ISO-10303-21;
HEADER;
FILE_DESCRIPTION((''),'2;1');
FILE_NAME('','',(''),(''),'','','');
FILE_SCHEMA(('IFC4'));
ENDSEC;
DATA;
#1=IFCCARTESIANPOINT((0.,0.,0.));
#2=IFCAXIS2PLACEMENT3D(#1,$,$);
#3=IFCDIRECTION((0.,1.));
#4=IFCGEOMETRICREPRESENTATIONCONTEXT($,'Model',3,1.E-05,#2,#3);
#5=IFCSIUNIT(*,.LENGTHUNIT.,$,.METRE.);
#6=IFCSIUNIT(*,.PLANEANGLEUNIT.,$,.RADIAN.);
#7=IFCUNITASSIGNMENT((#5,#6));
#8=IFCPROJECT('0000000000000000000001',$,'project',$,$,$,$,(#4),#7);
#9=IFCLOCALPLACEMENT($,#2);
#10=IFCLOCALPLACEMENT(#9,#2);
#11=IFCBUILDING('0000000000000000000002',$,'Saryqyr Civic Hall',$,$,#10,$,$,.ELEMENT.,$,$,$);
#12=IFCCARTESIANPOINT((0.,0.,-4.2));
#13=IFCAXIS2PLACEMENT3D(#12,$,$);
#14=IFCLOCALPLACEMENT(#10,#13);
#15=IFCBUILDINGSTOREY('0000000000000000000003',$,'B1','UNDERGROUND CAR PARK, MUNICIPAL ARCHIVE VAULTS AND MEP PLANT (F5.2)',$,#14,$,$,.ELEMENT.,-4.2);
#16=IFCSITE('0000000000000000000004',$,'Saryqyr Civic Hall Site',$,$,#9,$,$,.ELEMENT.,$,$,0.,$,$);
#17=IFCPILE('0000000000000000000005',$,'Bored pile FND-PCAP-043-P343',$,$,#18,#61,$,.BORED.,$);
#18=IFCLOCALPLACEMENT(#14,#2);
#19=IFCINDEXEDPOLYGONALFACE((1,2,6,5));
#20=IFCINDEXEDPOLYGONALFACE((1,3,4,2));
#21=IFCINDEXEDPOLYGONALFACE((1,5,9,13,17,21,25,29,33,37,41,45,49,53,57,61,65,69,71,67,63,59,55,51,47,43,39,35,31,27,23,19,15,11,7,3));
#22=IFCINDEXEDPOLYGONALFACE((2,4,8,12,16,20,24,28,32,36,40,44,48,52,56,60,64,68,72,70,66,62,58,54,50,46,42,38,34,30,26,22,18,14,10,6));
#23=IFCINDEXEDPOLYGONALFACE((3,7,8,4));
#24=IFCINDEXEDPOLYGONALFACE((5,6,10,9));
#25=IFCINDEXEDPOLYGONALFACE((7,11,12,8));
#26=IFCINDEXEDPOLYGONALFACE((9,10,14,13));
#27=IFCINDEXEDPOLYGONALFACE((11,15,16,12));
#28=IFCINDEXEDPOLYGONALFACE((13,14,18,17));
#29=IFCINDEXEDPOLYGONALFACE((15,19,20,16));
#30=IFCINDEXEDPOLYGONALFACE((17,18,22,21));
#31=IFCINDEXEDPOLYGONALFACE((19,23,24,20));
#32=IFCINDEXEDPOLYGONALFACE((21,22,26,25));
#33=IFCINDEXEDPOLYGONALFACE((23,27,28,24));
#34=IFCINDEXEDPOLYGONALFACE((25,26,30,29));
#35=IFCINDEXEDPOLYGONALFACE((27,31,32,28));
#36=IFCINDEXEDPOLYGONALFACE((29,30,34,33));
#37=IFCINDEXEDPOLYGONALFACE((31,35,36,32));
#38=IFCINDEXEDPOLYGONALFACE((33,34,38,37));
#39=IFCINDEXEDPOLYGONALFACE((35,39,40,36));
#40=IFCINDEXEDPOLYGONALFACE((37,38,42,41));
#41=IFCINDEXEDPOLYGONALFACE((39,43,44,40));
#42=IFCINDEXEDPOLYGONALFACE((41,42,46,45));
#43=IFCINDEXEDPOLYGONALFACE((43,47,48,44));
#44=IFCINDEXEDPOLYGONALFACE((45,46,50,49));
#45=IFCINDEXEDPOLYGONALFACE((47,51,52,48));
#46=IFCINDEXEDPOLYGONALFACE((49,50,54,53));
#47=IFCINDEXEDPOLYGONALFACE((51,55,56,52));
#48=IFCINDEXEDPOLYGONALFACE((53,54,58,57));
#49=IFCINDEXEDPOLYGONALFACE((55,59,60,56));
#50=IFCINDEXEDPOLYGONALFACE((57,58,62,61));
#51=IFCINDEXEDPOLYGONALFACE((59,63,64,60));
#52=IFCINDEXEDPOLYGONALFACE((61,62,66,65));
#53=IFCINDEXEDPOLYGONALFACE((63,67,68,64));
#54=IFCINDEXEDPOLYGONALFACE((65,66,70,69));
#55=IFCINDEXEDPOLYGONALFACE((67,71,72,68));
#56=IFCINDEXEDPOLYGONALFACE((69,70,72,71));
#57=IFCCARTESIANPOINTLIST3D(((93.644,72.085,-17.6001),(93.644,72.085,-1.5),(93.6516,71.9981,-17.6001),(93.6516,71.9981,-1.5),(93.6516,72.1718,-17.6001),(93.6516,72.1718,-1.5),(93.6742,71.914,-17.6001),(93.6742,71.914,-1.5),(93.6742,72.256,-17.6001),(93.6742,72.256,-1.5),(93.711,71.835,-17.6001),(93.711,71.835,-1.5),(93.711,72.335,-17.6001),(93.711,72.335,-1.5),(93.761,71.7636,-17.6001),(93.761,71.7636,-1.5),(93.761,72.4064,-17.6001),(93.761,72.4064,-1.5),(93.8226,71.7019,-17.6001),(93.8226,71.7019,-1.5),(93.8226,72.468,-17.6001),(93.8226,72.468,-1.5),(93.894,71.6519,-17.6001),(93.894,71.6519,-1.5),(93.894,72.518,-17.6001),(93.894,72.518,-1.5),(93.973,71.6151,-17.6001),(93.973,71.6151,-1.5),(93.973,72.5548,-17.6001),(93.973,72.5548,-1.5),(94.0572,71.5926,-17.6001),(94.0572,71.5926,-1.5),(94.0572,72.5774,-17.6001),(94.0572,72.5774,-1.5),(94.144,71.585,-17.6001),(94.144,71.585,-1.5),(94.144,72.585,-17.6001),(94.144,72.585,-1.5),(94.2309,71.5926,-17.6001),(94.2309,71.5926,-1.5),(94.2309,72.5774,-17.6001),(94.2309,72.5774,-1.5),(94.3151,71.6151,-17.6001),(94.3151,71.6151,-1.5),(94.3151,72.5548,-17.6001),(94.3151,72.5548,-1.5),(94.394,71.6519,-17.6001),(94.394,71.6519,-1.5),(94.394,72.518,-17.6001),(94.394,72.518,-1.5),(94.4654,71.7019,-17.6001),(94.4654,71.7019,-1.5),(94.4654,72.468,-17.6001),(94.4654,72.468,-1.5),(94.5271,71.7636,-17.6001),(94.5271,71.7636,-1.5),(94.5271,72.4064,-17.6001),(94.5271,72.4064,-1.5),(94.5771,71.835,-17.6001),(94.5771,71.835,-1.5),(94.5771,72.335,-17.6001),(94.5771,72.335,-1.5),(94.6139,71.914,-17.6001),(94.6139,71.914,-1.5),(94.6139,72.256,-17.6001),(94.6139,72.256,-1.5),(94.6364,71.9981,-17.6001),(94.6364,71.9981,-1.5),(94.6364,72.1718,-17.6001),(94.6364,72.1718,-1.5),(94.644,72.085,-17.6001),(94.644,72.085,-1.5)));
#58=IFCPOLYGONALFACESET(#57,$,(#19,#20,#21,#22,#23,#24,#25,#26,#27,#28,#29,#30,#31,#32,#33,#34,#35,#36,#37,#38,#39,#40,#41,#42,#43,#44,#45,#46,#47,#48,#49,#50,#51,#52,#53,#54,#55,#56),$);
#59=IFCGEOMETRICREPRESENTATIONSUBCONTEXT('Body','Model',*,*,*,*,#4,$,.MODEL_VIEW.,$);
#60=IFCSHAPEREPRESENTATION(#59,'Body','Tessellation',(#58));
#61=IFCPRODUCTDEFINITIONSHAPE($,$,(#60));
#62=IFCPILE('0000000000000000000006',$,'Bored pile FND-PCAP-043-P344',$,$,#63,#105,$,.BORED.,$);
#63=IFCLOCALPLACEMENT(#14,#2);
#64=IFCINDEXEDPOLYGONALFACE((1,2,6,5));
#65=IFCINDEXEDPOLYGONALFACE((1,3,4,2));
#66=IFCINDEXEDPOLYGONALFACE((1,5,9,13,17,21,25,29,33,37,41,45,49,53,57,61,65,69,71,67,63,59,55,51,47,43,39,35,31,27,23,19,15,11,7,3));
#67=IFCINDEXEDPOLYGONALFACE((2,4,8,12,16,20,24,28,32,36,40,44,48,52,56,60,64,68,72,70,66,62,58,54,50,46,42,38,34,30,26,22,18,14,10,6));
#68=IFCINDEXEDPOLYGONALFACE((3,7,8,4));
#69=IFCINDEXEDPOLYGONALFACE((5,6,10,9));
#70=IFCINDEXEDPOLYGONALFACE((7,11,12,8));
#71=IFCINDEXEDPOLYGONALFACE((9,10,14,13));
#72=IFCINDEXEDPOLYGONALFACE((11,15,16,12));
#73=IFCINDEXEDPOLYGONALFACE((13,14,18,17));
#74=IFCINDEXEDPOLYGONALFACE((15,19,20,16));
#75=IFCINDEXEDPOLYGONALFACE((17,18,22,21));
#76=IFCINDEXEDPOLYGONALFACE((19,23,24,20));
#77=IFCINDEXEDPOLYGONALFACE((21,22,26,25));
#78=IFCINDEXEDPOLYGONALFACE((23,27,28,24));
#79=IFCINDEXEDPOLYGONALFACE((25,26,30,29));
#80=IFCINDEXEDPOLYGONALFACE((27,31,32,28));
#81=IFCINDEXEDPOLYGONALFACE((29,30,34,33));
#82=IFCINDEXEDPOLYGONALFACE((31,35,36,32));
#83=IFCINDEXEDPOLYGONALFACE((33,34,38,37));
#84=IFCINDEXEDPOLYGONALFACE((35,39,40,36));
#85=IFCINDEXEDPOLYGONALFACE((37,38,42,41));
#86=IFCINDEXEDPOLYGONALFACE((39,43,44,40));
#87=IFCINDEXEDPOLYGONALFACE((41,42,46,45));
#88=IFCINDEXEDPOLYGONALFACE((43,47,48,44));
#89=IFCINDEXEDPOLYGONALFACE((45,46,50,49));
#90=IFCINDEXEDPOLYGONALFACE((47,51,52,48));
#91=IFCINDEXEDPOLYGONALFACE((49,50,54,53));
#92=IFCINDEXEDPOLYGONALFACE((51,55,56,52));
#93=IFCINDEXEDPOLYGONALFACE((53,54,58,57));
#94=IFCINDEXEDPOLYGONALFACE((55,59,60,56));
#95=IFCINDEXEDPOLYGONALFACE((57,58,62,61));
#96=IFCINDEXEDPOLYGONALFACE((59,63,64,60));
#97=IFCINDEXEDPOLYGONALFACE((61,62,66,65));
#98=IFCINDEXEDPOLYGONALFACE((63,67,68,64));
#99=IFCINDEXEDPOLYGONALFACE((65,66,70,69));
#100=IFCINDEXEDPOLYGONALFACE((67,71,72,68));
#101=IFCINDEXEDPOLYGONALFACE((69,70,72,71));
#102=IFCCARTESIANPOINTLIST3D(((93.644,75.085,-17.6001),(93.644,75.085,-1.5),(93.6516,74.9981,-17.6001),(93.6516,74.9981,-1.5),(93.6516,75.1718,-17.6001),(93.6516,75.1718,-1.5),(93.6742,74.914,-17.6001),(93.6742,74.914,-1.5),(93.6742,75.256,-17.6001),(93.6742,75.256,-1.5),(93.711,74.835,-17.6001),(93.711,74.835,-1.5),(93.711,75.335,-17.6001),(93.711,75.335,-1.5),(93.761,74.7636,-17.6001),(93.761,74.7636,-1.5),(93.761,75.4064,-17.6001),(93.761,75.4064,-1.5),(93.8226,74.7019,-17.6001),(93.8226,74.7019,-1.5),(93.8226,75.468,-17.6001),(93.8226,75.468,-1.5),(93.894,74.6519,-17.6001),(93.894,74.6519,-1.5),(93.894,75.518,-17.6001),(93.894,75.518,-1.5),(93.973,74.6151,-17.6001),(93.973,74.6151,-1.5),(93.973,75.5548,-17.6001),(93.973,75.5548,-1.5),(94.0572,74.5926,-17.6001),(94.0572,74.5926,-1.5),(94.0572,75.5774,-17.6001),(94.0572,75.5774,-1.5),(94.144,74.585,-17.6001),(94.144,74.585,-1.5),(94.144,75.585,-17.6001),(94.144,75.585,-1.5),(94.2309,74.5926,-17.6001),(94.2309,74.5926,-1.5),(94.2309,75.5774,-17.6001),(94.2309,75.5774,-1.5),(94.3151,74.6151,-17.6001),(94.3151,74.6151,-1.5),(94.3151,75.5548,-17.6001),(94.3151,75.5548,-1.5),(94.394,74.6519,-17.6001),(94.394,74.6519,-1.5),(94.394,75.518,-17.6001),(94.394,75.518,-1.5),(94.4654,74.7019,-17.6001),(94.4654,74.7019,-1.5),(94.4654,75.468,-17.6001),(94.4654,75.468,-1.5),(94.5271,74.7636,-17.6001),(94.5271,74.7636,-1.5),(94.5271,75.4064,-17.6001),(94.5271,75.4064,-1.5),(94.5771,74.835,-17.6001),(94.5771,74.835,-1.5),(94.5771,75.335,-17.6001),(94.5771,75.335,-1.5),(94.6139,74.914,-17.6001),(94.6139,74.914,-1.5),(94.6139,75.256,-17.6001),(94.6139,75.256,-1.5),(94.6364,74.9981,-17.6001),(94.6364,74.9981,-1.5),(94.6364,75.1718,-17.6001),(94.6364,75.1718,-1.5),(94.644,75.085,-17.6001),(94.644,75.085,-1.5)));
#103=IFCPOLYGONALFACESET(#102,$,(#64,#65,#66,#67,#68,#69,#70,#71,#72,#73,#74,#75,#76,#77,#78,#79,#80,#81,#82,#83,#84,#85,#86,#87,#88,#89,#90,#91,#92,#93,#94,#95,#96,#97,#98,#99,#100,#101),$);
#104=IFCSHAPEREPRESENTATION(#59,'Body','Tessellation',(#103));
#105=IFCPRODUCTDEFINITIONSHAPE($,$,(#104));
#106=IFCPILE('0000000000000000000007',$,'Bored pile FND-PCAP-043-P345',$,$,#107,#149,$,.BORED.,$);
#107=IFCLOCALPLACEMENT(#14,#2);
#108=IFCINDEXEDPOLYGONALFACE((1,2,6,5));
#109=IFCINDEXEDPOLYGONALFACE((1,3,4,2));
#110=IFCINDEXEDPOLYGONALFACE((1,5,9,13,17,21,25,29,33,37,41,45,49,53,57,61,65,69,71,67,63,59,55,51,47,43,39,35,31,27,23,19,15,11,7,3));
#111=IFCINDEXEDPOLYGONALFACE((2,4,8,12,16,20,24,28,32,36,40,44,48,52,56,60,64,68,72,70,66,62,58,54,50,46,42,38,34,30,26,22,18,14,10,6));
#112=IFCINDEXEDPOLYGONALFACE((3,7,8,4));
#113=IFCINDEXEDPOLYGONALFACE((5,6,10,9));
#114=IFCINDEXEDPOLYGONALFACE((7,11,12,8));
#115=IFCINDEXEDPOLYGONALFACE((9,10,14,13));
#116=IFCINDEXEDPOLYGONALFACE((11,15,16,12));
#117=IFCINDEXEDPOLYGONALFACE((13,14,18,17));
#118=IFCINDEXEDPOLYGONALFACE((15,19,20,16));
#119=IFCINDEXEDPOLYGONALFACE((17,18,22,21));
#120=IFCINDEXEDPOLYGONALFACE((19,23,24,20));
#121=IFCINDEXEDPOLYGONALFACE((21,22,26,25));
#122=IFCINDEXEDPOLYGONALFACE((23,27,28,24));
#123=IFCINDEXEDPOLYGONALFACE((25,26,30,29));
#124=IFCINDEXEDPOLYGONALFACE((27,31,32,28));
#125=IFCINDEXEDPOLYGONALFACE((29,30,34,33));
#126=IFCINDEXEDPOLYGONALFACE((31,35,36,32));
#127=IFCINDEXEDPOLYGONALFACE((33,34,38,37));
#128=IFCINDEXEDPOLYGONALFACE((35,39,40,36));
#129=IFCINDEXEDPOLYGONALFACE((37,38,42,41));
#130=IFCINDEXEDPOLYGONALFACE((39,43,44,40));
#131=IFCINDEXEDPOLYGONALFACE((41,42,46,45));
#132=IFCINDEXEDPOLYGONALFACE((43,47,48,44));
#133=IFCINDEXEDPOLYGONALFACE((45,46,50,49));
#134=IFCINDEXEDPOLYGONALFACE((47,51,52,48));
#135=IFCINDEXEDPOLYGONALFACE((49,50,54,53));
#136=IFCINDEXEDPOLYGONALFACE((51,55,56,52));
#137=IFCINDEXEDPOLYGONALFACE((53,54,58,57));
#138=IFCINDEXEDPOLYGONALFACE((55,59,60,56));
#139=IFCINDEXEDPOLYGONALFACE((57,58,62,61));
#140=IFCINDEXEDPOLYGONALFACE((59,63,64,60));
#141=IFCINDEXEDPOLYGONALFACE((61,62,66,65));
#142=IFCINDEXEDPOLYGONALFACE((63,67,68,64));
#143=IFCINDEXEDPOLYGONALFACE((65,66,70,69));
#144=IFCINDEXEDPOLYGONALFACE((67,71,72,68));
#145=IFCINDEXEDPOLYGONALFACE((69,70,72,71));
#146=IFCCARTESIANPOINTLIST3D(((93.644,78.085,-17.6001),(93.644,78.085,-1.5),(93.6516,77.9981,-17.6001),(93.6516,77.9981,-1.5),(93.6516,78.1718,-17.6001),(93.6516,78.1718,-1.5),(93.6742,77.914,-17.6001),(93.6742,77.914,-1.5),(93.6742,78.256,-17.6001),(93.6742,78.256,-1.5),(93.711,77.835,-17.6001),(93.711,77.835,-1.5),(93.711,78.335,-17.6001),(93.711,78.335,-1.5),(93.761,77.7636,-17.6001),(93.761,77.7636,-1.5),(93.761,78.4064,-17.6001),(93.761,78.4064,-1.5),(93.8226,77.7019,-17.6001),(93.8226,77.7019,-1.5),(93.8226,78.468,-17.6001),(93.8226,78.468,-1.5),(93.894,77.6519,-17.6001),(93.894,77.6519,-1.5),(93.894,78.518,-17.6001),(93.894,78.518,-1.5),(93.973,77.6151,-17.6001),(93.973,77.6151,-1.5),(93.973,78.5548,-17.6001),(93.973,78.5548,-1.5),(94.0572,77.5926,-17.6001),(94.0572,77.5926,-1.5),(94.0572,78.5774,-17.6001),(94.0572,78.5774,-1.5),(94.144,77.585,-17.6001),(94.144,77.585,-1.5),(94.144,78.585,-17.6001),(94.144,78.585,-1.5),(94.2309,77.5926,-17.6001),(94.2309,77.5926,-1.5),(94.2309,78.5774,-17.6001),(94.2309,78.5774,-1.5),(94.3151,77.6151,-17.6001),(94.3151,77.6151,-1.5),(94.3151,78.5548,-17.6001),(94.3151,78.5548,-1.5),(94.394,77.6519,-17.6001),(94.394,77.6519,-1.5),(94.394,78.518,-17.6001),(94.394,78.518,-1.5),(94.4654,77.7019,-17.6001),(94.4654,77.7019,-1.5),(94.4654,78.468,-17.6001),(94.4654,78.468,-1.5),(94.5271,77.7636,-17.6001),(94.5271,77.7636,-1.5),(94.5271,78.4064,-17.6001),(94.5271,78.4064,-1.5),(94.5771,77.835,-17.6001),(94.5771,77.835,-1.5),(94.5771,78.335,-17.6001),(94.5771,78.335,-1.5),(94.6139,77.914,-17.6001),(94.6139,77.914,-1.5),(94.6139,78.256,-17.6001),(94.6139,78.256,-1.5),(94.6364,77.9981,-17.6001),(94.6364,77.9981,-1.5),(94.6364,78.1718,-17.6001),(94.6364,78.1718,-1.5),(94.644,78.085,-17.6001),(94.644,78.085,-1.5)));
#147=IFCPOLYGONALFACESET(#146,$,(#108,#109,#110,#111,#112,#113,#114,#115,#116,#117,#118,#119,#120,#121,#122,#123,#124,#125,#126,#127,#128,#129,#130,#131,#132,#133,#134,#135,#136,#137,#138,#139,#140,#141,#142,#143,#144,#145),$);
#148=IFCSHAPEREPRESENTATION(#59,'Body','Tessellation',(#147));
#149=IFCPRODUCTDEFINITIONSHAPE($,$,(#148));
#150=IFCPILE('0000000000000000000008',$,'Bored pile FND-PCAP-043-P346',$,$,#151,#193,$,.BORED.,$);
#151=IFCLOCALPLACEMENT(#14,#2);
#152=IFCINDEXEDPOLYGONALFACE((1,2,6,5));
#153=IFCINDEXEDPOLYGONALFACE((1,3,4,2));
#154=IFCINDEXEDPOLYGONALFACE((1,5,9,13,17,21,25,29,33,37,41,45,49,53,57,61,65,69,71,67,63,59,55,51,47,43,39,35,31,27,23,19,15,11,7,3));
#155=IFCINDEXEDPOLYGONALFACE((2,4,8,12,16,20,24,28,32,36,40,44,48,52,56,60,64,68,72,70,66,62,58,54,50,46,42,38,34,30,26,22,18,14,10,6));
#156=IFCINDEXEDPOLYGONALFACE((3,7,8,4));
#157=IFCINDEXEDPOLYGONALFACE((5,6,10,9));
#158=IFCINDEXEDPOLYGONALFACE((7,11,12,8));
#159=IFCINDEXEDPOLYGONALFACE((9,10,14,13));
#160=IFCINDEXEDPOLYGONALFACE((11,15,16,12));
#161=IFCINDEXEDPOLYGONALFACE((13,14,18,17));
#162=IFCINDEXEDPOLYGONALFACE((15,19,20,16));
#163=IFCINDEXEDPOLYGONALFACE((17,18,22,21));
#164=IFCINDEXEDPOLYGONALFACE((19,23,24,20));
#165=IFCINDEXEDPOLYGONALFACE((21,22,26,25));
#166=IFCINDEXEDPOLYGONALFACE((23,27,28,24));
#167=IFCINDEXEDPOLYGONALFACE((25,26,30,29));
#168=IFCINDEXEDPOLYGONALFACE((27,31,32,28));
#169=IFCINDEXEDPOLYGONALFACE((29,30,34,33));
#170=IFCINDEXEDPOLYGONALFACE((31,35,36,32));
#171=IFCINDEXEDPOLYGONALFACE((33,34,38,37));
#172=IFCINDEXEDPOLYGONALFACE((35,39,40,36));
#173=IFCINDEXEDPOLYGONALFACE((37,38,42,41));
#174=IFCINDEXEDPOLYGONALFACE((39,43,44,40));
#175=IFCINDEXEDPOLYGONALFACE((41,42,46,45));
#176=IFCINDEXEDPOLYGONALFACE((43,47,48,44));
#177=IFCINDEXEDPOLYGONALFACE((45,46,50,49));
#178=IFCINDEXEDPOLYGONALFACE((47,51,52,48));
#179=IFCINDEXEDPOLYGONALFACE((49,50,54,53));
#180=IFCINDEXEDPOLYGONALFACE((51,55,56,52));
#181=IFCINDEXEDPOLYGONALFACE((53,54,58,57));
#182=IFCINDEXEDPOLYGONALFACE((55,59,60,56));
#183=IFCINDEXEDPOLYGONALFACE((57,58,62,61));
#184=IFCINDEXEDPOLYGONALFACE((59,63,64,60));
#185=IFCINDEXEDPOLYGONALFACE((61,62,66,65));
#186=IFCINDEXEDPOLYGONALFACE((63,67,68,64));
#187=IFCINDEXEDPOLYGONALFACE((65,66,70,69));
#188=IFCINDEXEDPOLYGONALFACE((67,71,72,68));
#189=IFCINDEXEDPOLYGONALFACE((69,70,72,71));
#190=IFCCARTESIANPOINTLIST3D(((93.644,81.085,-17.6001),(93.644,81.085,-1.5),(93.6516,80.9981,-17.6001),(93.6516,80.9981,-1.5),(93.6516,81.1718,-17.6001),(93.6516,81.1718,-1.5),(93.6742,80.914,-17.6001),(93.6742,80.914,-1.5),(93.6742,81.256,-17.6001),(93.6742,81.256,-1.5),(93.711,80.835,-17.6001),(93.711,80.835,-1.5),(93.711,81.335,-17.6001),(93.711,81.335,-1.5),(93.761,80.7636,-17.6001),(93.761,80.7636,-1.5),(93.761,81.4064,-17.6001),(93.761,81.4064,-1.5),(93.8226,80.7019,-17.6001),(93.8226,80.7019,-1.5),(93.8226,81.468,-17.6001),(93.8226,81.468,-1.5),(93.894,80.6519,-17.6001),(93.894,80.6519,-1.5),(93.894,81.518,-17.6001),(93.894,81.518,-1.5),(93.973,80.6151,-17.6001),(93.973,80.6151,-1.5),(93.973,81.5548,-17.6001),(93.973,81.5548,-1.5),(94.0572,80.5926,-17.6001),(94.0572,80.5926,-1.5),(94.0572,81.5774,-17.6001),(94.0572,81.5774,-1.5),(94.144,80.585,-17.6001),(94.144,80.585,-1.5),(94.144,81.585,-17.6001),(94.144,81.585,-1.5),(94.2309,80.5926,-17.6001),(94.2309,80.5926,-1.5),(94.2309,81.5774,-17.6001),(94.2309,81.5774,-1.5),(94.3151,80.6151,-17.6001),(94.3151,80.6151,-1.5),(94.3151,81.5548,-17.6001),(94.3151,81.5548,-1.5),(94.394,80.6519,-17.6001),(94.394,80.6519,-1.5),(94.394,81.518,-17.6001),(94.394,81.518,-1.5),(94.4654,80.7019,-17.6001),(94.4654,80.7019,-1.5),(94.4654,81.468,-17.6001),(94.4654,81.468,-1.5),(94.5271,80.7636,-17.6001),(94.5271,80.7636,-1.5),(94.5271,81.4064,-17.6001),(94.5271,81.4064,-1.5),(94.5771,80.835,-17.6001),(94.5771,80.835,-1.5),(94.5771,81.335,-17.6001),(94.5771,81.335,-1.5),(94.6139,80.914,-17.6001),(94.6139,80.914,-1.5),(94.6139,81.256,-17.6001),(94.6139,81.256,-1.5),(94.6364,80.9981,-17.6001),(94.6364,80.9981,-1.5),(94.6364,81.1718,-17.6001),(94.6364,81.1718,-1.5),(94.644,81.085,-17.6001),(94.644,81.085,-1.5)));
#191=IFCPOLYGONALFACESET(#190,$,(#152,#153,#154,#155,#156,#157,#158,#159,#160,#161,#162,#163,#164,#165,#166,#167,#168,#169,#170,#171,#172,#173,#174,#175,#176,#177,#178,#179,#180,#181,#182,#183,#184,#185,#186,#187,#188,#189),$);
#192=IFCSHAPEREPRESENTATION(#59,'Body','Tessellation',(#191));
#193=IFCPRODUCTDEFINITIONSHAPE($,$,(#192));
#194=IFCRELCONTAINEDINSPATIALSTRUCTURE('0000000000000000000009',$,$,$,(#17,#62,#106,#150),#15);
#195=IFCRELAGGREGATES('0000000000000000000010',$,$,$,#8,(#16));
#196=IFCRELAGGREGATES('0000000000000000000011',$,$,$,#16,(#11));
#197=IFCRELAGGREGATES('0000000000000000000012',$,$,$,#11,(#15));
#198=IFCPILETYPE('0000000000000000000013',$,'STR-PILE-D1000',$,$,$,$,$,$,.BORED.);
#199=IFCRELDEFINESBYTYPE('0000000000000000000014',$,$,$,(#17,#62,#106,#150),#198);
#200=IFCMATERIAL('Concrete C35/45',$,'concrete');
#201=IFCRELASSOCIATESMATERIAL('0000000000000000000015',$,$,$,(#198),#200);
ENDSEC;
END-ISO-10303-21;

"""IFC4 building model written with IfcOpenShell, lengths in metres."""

from ifc_helpers import new_model, si_unit, direction, frame, origin, origin_2d, place, context, subcontext, project, spatial, circle, extrude, material, material_profile, profile_set, type_object, element, save


model = new_model("IFC4")

# Units and contexts
model_context = context("Model", 3, precision=1e-05, world=origin(), true_north=direction((0.0, 1.0)))
body_context = subcontext(model_context, "Body", "Model", "MODEL_VIEW")
ifc_project = project(units=[si_unit("LENGTHUNIT", "METRE"), si_unit("PLANEANGLEUNIT", "RADIAN")], contexts=[model_context])

# Site, building, storey
site_placement = place(None, origin())
site = spatial("IfcSite", under=ifc_project, at=site_placement, Name="Saryqyr Civic Hall Site", CompositionType="ELEMENT", RefElevation=0.0)
building_placement = place(site_placement, origin())
building = spatial("IfcBuilding", under=site, at=building_placement, Name="Saryqyr Civic Hall", CompositionType="ELEMENT")
storey_placement = place(building_placement, frame((0.0, 0.0, -4.2)))
storey = spatial("IfcBuildingStorey", under=building, at=storey_placement, Name="B1", Description="UNDERGROUND CAR PARK, MUNICIPAL ARCHIVE VAULTS AND MEP PLANT (F5.2)", CompositionType="ELEMENT", Elevation=-4.2)

# Piles
ifc_material_1 = material(Name="Concrete C35/45", Category="concrete")
ifc_material_profile_1 = material_profile(ifc_material_1, circle(Radius=0.5, at=origin_2d()), Name="BORED PILE D1000")
ifc_profile_set_1 = profile_set([ifc_material_profile_1], Name="Concrete C35/45")
pile_type = type_object("IfcPileType", Name="STR-PILE-D1000", PredefinedType="BORED", material=ifc_profile_set_1)
for number, where, z_axis, x_axis, name in (
    (1, (94.144, 72.085, -1.5), (0.0, 0.0, -1.0), (1.0, 0.0, 0.0), "Bored pile FND-PCAP-043-P343"),
    (2, (94.144, 75.085, -1.5), (0.0, 0.0, -1.0), (1.0, 0.0, 0.0), "Bored pile FND-PCAP-043-P344"),
    (3, (94.144, 78.085, -1.5), (0.0, 0.0, -1.0), (1.0, 0.0, 0.0), "Bored pile FND-PCAP-043-P345"),
    (4, (94.144, 81.085, -1.5), (0.0, 0.0, -1.0), (1.0, 0.0, 0.0), "Bored pile FND-PCAP-043-P346"),
):
    element("IfcPile", number, at=place(storey_placement, frame(where, z_axis=z_axis, x_axis=x_axis)), inside=storey, type_object=pile_type, Name=name, PredefinedType="BORED", context=body_context, shape_type="SweptSolid", body=[
        extrude(circle(Radius=0.5, at=origin_2d()), origin(), (0.0, 0.0, 1.0), 16.1001),
    ])

save(model, "model.ifc")
